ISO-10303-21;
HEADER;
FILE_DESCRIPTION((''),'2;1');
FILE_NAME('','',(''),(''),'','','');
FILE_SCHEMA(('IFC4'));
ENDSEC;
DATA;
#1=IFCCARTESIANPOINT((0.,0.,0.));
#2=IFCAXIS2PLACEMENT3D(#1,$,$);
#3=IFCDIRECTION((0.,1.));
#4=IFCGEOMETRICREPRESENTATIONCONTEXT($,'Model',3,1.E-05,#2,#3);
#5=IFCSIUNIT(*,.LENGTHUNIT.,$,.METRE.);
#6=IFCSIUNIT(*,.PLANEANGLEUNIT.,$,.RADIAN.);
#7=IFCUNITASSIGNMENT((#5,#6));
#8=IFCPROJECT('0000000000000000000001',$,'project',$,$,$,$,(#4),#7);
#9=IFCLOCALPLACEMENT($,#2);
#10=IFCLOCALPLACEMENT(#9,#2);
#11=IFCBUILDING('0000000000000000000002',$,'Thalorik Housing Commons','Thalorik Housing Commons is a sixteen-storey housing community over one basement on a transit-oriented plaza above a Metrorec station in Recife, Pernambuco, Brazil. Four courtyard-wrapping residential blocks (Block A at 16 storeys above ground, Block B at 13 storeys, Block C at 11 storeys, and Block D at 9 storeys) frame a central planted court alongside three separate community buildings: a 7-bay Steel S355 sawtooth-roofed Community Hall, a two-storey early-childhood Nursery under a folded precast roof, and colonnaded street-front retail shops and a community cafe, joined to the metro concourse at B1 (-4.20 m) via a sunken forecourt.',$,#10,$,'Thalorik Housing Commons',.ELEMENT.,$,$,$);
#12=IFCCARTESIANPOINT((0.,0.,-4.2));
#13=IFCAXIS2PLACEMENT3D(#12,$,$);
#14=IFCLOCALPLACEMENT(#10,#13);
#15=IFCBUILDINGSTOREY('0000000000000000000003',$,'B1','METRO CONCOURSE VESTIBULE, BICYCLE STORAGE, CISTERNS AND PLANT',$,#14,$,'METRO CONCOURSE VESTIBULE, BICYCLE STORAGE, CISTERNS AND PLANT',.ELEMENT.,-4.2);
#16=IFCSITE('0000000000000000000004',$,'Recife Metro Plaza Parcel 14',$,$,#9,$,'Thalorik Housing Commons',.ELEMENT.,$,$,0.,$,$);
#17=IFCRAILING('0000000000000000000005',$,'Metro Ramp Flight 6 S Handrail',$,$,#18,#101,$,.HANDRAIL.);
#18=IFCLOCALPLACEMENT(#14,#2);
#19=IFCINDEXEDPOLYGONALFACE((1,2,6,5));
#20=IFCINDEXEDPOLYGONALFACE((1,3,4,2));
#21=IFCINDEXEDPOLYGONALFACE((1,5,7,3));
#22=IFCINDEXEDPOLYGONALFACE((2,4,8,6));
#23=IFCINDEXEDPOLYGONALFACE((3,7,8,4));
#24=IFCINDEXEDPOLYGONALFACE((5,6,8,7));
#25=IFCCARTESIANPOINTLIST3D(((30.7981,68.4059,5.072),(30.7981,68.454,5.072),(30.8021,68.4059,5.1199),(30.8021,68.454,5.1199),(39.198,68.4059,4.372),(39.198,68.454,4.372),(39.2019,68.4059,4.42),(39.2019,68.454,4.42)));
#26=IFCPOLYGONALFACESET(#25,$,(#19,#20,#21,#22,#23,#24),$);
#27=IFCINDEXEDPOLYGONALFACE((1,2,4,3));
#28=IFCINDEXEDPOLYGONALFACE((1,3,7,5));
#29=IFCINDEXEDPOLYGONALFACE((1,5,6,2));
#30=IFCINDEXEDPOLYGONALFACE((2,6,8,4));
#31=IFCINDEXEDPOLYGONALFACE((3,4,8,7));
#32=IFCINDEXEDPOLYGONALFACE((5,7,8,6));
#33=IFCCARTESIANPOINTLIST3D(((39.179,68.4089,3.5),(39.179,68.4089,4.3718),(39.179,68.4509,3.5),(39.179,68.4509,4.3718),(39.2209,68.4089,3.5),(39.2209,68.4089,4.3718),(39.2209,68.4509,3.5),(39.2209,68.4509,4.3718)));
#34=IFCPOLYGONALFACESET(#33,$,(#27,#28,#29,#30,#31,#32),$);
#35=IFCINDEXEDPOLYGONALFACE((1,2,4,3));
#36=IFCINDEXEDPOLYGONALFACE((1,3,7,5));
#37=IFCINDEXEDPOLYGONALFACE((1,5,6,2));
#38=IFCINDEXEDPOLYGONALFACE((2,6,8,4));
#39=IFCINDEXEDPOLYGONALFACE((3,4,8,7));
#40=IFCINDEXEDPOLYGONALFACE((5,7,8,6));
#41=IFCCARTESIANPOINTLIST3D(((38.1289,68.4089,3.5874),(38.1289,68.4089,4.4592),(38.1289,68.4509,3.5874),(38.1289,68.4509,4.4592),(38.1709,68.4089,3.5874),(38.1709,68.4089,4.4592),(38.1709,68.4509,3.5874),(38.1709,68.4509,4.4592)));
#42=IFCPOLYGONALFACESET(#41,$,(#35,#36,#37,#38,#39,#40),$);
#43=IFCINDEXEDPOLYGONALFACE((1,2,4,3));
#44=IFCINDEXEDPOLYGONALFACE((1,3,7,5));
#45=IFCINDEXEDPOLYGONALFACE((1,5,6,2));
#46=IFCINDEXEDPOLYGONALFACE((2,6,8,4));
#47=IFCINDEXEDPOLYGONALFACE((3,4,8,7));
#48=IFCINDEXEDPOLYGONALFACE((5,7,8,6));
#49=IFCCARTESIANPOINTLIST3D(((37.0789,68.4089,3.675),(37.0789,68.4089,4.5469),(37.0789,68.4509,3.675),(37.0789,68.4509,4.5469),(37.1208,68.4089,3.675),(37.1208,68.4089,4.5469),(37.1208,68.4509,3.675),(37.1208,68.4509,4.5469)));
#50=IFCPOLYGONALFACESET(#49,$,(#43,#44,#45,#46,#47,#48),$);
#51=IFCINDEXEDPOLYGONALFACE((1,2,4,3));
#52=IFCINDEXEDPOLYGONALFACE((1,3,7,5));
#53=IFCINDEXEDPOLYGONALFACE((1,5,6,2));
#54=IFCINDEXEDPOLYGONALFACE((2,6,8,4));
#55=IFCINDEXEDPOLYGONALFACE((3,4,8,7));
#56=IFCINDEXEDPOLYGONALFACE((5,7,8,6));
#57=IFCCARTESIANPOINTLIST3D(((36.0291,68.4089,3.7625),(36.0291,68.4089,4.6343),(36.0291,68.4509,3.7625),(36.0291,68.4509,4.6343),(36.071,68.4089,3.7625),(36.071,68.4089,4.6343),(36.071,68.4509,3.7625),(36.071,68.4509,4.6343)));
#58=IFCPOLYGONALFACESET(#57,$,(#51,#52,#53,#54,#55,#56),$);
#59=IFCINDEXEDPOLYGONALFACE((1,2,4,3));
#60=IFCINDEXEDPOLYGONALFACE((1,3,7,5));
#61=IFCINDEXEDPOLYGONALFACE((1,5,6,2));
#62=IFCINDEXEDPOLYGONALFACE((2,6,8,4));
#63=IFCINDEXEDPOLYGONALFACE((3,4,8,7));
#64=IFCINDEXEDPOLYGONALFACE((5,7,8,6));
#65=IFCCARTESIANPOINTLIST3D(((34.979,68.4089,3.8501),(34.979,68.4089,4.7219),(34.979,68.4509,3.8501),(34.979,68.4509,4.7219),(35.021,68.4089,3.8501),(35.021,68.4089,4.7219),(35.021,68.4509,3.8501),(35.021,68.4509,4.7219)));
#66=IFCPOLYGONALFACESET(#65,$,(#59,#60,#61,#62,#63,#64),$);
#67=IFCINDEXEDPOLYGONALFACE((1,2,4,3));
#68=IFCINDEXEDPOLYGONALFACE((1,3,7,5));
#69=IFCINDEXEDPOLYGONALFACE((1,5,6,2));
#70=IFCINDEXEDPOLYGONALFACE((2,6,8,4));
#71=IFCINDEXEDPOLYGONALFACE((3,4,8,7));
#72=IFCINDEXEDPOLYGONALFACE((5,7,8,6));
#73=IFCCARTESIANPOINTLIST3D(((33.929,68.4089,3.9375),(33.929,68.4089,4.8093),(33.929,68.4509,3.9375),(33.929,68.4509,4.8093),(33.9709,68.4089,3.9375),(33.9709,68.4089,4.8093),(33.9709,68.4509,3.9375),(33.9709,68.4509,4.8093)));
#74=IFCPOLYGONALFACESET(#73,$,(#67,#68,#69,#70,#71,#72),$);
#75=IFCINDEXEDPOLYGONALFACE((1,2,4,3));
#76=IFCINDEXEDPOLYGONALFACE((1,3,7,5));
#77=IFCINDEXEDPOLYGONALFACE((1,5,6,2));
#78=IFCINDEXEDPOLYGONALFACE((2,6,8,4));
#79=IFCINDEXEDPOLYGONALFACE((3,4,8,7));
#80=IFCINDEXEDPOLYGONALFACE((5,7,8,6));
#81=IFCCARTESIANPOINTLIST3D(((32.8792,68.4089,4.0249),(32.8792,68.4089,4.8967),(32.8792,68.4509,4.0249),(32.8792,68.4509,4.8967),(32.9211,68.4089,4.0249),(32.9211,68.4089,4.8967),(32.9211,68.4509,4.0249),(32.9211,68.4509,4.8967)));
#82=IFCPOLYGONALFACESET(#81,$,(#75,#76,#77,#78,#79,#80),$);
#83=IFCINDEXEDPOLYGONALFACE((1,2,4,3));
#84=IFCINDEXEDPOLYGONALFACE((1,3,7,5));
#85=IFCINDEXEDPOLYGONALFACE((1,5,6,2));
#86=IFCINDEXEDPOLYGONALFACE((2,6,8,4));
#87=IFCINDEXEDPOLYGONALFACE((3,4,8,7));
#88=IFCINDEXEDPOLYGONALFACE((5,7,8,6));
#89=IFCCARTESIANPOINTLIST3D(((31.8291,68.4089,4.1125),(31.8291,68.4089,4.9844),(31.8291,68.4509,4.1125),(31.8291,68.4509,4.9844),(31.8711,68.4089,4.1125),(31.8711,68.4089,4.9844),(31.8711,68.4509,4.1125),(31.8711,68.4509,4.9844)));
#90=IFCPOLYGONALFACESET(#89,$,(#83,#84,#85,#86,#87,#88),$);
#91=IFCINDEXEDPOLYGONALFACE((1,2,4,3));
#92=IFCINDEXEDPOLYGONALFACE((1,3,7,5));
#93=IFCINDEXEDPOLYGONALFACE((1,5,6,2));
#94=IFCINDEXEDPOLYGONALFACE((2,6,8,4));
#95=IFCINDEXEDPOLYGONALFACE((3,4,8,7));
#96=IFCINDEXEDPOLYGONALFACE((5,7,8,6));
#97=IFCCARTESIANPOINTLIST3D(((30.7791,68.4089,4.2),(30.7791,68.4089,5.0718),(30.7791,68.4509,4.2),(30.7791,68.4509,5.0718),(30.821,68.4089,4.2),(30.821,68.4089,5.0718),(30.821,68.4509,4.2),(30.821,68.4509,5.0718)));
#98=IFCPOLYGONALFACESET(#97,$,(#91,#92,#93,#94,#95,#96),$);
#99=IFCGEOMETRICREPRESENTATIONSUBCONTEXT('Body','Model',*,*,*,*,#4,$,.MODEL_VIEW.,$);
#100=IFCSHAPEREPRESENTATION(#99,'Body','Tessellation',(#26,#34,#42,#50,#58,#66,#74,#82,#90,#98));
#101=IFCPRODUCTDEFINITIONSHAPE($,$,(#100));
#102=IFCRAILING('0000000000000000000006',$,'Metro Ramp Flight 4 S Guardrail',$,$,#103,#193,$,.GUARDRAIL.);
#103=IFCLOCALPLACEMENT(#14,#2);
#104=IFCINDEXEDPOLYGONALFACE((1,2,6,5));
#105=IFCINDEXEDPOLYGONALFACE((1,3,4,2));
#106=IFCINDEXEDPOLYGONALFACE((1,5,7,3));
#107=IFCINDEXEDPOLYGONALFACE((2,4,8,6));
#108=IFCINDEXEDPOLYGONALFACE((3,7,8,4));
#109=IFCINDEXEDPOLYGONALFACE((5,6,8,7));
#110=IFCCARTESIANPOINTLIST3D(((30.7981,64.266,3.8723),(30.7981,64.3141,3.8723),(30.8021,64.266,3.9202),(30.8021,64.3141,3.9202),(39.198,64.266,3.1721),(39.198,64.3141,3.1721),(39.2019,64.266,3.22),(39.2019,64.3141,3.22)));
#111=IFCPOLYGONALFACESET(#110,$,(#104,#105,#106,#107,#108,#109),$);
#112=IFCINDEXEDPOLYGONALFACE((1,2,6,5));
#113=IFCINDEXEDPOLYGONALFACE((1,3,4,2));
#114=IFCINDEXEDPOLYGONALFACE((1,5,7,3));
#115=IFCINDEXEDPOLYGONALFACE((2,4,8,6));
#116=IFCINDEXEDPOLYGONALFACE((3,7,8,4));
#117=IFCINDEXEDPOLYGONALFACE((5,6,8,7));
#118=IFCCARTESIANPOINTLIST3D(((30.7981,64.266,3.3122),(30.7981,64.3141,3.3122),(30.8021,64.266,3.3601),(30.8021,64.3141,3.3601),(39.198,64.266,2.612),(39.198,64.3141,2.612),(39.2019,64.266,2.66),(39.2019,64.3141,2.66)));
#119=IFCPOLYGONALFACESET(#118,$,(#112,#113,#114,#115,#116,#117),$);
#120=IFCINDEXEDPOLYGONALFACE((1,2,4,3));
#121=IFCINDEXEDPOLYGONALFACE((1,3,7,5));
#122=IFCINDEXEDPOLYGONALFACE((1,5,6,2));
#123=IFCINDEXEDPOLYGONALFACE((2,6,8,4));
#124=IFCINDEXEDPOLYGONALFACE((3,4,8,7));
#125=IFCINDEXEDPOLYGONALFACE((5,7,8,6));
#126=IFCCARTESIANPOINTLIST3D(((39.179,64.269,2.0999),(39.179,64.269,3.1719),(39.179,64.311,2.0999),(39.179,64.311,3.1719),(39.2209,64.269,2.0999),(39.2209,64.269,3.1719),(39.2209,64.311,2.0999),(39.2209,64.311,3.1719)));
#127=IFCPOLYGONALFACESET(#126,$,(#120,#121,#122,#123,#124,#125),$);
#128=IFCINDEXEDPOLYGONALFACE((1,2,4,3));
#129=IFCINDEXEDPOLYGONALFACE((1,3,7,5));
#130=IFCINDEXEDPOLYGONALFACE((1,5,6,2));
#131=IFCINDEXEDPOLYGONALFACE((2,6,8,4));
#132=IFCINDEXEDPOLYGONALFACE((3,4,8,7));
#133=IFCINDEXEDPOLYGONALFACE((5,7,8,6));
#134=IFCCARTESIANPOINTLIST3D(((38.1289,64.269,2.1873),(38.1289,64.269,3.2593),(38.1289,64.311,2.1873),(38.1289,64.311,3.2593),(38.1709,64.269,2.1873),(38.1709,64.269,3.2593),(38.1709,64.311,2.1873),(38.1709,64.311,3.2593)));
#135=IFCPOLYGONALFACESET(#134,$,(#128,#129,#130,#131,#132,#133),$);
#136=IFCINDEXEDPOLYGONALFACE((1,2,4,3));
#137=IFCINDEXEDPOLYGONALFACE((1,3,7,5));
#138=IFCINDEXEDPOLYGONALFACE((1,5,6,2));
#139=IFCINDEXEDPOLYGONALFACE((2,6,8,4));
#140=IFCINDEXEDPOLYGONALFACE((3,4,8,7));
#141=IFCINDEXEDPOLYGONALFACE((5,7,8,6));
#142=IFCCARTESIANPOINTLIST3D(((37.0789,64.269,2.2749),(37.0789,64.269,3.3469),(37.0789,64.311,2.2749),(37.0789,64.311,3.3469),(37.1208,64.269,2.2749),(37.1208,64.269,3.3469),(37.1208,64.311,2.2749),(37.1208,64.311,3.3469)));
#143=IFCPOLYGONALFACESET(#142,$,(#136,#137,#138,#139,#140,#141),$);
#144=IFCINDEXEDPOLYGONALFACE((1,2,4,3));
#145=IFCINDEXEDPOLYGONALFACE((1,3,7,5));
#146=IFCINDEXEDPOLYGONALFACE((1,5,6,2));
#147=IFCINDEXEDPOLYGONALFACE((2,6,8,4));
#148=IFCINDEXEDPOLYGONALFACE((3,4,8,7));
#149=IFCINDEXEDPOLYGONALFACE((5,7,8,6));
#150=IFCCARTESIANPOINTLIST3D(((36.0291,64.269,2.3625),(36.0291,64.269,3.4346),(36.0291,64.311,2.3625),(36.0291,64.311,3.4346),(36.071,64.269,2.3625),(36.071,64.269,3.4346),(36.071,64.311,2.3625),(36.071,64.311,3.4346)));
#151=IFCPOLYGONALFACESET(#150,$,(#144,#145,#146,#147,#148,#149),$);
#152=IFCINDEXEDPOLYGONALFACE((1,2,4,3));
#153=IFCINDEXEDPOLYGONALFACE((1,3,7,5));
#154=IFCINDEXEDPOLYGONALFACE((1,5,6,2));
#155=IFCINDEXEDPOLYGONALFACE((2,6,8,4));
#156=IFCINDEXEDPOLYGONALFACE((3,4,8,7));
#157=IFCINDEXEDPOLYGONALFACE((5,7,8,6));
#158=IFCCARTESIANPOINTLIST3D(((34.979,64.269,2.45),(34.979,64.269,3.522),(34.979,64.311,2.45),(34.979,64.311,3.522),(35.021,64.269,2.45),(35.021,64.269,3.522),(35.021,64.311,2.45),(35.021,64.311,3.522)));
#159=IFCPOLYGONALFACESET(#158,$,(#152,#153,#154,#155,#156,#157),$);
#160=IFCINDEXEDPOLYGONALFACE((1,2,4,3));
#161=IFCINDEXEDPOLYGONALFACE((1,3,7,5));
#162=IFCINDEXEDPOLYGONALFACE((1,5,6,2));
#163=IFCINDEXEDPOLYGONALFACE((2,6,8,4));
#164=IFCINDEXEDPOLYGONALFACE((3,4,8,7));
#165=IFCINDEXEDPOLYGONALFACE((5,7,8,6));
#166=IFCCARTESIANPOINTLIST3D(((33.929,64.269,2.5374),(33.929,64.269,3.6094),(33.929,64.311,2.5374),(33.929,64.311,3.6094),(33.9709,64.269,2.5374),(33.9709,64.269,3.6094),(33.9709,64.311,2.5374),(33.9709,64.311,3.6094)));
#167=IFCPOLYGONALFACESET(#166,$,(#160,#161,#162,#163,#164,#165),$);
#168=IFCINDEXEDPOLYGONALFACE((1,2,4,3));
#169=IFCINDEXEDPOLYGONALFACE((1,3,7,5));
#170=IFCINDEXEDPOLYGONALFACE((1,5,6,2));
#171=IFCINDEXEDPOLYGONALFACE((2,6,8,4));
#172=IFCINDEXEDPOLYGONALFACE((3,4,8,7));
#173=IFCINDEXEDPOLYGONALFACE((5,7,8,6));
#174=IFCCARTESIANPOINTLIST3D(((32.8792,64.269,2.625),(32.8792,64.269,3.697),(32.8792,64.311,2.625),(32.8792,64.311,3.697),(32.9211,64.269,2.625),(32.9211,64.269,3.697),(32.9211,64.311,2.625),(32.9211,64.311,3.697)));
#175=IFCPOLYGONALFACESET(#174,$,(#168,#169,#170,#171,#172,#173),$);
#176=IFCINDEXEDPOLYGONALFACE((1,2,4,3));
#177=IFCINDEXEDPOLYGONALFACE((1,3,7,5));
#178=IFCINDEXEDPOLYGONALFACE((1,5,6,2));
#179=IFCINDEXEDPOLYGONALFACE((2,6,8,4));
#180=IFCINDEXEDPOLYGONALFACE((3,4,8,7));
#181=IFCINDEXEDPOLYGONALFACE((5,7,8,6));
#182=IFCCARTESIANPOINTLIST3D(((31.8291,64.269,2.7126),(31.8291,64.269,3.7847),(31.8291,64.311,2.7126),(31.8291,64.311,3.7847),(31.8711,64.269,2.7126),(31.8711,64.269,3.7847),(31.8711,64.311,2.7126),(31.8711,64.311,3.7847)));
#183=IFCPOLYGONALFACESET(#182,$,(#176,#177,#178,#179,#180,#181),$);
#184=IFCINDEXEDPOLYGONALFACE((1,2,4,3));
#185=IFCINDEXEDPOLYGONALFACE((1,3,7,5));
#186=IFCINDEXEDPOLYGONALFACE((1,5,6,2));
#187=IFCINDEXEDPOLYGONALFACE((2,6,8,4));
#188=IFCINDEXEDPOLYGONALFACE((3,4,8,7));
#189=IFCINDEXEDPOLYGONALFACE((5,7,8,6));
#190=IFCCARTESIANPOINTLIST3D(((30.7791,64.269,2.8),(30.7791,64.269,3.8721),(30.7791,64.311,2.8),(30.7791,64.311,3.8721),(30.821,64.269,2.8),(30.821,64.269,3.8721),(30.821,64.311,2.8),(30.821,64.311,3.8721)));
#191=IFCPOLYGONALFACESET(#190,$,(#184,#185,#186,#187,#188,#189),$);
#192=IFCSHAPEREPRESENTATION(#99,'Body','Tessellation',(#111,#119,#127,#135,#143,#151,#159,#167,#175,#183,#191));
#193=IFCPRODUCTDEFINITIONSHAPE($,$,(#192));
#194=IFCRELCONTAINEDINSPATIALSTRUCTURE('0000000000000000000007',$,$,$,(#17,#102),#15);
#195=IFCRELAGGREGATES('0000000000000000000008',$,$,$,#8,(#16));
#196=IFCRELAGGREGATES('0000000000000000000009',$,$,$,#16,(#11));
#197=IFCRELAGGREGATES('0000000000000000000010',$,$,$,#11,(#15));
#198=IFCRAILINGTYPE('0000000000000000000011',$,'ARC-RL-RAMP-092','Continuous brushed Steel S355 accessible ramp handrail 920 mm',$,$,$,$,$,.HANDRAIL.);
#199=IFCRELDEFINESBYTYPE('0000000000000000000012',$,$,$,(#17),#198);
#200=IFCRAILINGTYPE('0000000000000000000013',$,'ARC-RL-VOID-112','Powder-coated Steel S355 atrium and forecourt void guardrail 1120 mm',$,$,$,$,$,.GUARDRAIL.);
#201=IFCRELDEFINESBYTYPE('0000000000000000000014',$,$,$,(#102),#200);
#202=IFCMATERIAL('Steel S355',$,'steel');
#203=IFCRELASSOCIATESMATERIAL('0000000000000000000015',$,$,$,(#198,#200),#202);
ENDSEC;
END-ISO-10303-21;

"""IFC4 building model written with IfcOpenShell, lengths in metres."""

from ifc_helpers import new_model, si_unit, direction, frame, origin, origin_2d, place, context, subcontext, project, spatial, rectangle, extrude, material, type_object, element, save


model = new_model("IFC4")

# Units and contexts
model_context = context("Model", 3, precision=1e-05, world=origin(), true_north=direction((0.0, 1.0)))
body_context = subcontext(model_context, "Body", "Model", "MODEL_VIEW")
ifc_project = project(units=[si_unit("LENGTHUNIT", "METRE"), si_unit("PLANEANGLEUNIT", "RADIAN")], contexts=[model_context])

# Site, building, storey
site_placement = place(None, origin())
site = spatial("IfcSite", under=ifc_project, at=site_placement, Name="Recife Metro Plaza Parcel 14", LongName="Thalorik Housing Commons", CompositionType="ELEMENT", RefElevation=0.0)
building_placement = place(site_placement, origin())
building = spatial("IfcBuilding", under=site, at=building_placement, Name="Thalorik Housing Commons", Description="Thalorik Housing Commons is a sixteen-storey housing community over one basement on a transit-oriented plaza above a Metrorec station in Recife, Pernambuco, Brazil. Four courtyard-wrapping residential blocks (Block A at 16 storeys above ground, Block B at 13 storeys, Block C at 11 storeys, and Block D at 9 storeys) frame a central planted court alongside three separate community buildings: a 7-bay Steel S355 sawtooth-roofed Community Hall, a two-storey early-childhood Nursery under a folded precast roof, and colonnaded street-front retail shops and a community cafe, joined to the metro concourse at B1 (-4.20 m) via a sunken forecourt.", LongName="Thalorik Housing Commons", CompositionType="ELEMENT")
storey_placement = place(building_placement, frame((0.0, 0.0, -4.2)))
storey = spatial("IfcBuildingStorey", under=building, at=storey_placement, Name="B1", Description="METRO CONCOURSE VESTIBULE, BICYCLE STORAGE, CISTERNS AND PLANT", LongName="METRO CONCOURSE VESTIBULE, BICYCLE STORAGE, CISTERNS AND PLANT", CompositionType="ELEMENT", Elevation=-4.2)

# Railings
ifc_material_1 = material(Name="Steel S355", Category="steel")
railing_type_1 = type_object("IfcRailingType", Name="ARC-RL-RAMP-092", Description="Continuous brushed Steel S355 accessible ramp handrail 920 mm", PredefinedType="HANDRAIL", material=ifc_material_1)
railing_1_placement = place(storey_placement, frame((39.2, 68.4299, 3.5)))
element("IfcRailing", 1, at=railing_1_placement, inside=storey, type_object=railing_type_1, Name="Metro Ramp Flight 6 S Handrail", PredefinedType="HANDRAIL", context=body_context, shape_type="SweptSolid", body=[
    extrude(rectangle(XDim=0.0481, YDim=0.0481, at=origin_2d()), frame((0.0, 0.0, 0.896), z_axis=(-0.996546, 0.0, 0.083041), x_axis=(0.0, -1.0, 0.0)), (0.0, 0.0, 1.0), 8.429),
    extrude(rectangle(XDim=0.042, YDim=0.042, at=origin_2d()), origin(), (0.0, 0.0, 1.0), 0.8718),
    extrude(rectangle(XDim=0.042, YDim=0.042, at=origin_2d()), frame((-1.05, 0.0, 0.0874)), (0.0, 0.0, 1.0), 0.8718),
    extrude(rectangle(XDim=0.042, YDim=0.042, at=origin_2d()), frame((-2.1001, 0.0, 0.175)), (0.0, 0.0, 1.0), 0.8718),
    extrude(rectangle(XDim=0.042, YDim=0.042, at=origin_2d()), frame((-3.1499, 0.0, 0.2625)), (0.0, 0.0, 1.0), 0.8718),
    extrude(rectangle(XDim=0.042, YDim=0.042, at=origin_2d()), frame((-4.2, 0.0, 0.3501)), (0.0, 0.0, 1.0), 0.8718),
    extrude(rectangle(XDim=0.042, YDim=0.042, at=origin_2d()), frame((-5.25, 0.0, 0.4375)), (0.0, 0.0, 1.0), 0.8718),
    extrude(rectangle(XDim=0.042, YDim=0.042, at=origin_2d()), frame((-6.2998, 0.0, 0.5249)), (0.0, 0.0, 1.0), 0.8718),
    extrude(rectangle(XDim=0.042, YDim=0.042, at=origin_2d()), frame((-7.3499, 0.0, 0.6125)), (0.0, 0.0, 1.0), 0.8718),
    extrude(rectangle(XDim=0.042, YDim=0.042, at=origin_2d()), frame((-8.3999, 0.0, 0.7)), (0.0, 0.0, 1.0), 0.8718),
])
railing_type_2 = type_object("IfcRailingType", Name="ARC-RL-VOID-112", Description="Powder-coated Steel S355 atrium and forecourt void guardrail 1120 mm", PredefinedType="GUARDRAIL", material=ifc_material_1)
railing_2_placement = place(storey_placement, frame((39.2, 64.29, 2.0999)))
element("IfcRailing", 2, at=railing_2_placement, inside=storey, type_object=railing_type_2, Name="Metro Ramp Flight 4 S Guardrail", PredefinedType="GUARDRAIL", context=body_context, shape_type="SweptSolid", body=[
    extrude(rectangle(XDim=0.0481, YDim=0.0481, at=origin_2d()), frame((0.0, 0.0, 1.0962), z_axis=(-0.996544, 0.0, 0.083069), x_axis=(0.0, -1.0, 0.0)), (0.0, 0.0, 1.0), 8.429),
    extrude(rectangle(XDim=0.0481, YDim=0.0481, at=origin_2d()), frame((0.0, 0.0, 0.5361), z_axis=(-0.996544, 0.0, 0.083069), x_axis=(0.0, -1.0, 0.0)), (0.0, 0.0, 1.0), 8.429),
    extrude(rectangle(XDim=0.042, YDim=0.042, at=origin_2d()), origin(), (0.0, 0.0, 1.0), 1.072),
    extrude(rectangle(XDim=0.042, YDim=0.042, at=origin_2d()), frame((-1.05, 0.0, 0.0874)), (0.0, 0.0, 1.0), 1.072),
    extrude(rectangle(XDim=0.042, YDim=0.042, at=origin_2d()), frame((-2.1001, 0.0, 0.175)), (0.0, 0.0, 1.0), 1.072),
    extrude(rectangle(XDim=0.042, YDim=0.042, at=origin_2d()), frame((-3.1499, 0.0, 0.2627)), (0.0, 0.0, 1.0), 1.072),
    extrude(rectangle(XDim=0.042, YDim=0.042, at=origin_2d()), frame((-4.2, 0.0, 0.3501)), (0.0, 0.0, 1.0), 1.072),
    extrude(rectangle(XDim=0.042, YDim=0.042, at=origin_2d()), frame((-5.25, 0.0, 0.4375)), (0.0, 0.0, 1.0), 1.072),
    extrude(rectangle(XDim=0.042, YDim=0.042, at=origin_2d()), frame((-6.2998, 0.0, 0.5251)), (0.0, 0.0, 1.0), 1.072),
    extrude(rectangle(XDim=0.042, YDim=0.042, at=origin_2d()), frame((-7.3499, 0.0, 0.6128)), (0.0, 0.0, 1.0), 1.072),
    extrude(rectangle(XDim=0.042, YDim=0.042, at=origin_2d()), frame((-8.3999, 0.0, 0.7002)), (0.0, 0.0, 1.0), 1.072),
])

save(model, "model.ifc")
